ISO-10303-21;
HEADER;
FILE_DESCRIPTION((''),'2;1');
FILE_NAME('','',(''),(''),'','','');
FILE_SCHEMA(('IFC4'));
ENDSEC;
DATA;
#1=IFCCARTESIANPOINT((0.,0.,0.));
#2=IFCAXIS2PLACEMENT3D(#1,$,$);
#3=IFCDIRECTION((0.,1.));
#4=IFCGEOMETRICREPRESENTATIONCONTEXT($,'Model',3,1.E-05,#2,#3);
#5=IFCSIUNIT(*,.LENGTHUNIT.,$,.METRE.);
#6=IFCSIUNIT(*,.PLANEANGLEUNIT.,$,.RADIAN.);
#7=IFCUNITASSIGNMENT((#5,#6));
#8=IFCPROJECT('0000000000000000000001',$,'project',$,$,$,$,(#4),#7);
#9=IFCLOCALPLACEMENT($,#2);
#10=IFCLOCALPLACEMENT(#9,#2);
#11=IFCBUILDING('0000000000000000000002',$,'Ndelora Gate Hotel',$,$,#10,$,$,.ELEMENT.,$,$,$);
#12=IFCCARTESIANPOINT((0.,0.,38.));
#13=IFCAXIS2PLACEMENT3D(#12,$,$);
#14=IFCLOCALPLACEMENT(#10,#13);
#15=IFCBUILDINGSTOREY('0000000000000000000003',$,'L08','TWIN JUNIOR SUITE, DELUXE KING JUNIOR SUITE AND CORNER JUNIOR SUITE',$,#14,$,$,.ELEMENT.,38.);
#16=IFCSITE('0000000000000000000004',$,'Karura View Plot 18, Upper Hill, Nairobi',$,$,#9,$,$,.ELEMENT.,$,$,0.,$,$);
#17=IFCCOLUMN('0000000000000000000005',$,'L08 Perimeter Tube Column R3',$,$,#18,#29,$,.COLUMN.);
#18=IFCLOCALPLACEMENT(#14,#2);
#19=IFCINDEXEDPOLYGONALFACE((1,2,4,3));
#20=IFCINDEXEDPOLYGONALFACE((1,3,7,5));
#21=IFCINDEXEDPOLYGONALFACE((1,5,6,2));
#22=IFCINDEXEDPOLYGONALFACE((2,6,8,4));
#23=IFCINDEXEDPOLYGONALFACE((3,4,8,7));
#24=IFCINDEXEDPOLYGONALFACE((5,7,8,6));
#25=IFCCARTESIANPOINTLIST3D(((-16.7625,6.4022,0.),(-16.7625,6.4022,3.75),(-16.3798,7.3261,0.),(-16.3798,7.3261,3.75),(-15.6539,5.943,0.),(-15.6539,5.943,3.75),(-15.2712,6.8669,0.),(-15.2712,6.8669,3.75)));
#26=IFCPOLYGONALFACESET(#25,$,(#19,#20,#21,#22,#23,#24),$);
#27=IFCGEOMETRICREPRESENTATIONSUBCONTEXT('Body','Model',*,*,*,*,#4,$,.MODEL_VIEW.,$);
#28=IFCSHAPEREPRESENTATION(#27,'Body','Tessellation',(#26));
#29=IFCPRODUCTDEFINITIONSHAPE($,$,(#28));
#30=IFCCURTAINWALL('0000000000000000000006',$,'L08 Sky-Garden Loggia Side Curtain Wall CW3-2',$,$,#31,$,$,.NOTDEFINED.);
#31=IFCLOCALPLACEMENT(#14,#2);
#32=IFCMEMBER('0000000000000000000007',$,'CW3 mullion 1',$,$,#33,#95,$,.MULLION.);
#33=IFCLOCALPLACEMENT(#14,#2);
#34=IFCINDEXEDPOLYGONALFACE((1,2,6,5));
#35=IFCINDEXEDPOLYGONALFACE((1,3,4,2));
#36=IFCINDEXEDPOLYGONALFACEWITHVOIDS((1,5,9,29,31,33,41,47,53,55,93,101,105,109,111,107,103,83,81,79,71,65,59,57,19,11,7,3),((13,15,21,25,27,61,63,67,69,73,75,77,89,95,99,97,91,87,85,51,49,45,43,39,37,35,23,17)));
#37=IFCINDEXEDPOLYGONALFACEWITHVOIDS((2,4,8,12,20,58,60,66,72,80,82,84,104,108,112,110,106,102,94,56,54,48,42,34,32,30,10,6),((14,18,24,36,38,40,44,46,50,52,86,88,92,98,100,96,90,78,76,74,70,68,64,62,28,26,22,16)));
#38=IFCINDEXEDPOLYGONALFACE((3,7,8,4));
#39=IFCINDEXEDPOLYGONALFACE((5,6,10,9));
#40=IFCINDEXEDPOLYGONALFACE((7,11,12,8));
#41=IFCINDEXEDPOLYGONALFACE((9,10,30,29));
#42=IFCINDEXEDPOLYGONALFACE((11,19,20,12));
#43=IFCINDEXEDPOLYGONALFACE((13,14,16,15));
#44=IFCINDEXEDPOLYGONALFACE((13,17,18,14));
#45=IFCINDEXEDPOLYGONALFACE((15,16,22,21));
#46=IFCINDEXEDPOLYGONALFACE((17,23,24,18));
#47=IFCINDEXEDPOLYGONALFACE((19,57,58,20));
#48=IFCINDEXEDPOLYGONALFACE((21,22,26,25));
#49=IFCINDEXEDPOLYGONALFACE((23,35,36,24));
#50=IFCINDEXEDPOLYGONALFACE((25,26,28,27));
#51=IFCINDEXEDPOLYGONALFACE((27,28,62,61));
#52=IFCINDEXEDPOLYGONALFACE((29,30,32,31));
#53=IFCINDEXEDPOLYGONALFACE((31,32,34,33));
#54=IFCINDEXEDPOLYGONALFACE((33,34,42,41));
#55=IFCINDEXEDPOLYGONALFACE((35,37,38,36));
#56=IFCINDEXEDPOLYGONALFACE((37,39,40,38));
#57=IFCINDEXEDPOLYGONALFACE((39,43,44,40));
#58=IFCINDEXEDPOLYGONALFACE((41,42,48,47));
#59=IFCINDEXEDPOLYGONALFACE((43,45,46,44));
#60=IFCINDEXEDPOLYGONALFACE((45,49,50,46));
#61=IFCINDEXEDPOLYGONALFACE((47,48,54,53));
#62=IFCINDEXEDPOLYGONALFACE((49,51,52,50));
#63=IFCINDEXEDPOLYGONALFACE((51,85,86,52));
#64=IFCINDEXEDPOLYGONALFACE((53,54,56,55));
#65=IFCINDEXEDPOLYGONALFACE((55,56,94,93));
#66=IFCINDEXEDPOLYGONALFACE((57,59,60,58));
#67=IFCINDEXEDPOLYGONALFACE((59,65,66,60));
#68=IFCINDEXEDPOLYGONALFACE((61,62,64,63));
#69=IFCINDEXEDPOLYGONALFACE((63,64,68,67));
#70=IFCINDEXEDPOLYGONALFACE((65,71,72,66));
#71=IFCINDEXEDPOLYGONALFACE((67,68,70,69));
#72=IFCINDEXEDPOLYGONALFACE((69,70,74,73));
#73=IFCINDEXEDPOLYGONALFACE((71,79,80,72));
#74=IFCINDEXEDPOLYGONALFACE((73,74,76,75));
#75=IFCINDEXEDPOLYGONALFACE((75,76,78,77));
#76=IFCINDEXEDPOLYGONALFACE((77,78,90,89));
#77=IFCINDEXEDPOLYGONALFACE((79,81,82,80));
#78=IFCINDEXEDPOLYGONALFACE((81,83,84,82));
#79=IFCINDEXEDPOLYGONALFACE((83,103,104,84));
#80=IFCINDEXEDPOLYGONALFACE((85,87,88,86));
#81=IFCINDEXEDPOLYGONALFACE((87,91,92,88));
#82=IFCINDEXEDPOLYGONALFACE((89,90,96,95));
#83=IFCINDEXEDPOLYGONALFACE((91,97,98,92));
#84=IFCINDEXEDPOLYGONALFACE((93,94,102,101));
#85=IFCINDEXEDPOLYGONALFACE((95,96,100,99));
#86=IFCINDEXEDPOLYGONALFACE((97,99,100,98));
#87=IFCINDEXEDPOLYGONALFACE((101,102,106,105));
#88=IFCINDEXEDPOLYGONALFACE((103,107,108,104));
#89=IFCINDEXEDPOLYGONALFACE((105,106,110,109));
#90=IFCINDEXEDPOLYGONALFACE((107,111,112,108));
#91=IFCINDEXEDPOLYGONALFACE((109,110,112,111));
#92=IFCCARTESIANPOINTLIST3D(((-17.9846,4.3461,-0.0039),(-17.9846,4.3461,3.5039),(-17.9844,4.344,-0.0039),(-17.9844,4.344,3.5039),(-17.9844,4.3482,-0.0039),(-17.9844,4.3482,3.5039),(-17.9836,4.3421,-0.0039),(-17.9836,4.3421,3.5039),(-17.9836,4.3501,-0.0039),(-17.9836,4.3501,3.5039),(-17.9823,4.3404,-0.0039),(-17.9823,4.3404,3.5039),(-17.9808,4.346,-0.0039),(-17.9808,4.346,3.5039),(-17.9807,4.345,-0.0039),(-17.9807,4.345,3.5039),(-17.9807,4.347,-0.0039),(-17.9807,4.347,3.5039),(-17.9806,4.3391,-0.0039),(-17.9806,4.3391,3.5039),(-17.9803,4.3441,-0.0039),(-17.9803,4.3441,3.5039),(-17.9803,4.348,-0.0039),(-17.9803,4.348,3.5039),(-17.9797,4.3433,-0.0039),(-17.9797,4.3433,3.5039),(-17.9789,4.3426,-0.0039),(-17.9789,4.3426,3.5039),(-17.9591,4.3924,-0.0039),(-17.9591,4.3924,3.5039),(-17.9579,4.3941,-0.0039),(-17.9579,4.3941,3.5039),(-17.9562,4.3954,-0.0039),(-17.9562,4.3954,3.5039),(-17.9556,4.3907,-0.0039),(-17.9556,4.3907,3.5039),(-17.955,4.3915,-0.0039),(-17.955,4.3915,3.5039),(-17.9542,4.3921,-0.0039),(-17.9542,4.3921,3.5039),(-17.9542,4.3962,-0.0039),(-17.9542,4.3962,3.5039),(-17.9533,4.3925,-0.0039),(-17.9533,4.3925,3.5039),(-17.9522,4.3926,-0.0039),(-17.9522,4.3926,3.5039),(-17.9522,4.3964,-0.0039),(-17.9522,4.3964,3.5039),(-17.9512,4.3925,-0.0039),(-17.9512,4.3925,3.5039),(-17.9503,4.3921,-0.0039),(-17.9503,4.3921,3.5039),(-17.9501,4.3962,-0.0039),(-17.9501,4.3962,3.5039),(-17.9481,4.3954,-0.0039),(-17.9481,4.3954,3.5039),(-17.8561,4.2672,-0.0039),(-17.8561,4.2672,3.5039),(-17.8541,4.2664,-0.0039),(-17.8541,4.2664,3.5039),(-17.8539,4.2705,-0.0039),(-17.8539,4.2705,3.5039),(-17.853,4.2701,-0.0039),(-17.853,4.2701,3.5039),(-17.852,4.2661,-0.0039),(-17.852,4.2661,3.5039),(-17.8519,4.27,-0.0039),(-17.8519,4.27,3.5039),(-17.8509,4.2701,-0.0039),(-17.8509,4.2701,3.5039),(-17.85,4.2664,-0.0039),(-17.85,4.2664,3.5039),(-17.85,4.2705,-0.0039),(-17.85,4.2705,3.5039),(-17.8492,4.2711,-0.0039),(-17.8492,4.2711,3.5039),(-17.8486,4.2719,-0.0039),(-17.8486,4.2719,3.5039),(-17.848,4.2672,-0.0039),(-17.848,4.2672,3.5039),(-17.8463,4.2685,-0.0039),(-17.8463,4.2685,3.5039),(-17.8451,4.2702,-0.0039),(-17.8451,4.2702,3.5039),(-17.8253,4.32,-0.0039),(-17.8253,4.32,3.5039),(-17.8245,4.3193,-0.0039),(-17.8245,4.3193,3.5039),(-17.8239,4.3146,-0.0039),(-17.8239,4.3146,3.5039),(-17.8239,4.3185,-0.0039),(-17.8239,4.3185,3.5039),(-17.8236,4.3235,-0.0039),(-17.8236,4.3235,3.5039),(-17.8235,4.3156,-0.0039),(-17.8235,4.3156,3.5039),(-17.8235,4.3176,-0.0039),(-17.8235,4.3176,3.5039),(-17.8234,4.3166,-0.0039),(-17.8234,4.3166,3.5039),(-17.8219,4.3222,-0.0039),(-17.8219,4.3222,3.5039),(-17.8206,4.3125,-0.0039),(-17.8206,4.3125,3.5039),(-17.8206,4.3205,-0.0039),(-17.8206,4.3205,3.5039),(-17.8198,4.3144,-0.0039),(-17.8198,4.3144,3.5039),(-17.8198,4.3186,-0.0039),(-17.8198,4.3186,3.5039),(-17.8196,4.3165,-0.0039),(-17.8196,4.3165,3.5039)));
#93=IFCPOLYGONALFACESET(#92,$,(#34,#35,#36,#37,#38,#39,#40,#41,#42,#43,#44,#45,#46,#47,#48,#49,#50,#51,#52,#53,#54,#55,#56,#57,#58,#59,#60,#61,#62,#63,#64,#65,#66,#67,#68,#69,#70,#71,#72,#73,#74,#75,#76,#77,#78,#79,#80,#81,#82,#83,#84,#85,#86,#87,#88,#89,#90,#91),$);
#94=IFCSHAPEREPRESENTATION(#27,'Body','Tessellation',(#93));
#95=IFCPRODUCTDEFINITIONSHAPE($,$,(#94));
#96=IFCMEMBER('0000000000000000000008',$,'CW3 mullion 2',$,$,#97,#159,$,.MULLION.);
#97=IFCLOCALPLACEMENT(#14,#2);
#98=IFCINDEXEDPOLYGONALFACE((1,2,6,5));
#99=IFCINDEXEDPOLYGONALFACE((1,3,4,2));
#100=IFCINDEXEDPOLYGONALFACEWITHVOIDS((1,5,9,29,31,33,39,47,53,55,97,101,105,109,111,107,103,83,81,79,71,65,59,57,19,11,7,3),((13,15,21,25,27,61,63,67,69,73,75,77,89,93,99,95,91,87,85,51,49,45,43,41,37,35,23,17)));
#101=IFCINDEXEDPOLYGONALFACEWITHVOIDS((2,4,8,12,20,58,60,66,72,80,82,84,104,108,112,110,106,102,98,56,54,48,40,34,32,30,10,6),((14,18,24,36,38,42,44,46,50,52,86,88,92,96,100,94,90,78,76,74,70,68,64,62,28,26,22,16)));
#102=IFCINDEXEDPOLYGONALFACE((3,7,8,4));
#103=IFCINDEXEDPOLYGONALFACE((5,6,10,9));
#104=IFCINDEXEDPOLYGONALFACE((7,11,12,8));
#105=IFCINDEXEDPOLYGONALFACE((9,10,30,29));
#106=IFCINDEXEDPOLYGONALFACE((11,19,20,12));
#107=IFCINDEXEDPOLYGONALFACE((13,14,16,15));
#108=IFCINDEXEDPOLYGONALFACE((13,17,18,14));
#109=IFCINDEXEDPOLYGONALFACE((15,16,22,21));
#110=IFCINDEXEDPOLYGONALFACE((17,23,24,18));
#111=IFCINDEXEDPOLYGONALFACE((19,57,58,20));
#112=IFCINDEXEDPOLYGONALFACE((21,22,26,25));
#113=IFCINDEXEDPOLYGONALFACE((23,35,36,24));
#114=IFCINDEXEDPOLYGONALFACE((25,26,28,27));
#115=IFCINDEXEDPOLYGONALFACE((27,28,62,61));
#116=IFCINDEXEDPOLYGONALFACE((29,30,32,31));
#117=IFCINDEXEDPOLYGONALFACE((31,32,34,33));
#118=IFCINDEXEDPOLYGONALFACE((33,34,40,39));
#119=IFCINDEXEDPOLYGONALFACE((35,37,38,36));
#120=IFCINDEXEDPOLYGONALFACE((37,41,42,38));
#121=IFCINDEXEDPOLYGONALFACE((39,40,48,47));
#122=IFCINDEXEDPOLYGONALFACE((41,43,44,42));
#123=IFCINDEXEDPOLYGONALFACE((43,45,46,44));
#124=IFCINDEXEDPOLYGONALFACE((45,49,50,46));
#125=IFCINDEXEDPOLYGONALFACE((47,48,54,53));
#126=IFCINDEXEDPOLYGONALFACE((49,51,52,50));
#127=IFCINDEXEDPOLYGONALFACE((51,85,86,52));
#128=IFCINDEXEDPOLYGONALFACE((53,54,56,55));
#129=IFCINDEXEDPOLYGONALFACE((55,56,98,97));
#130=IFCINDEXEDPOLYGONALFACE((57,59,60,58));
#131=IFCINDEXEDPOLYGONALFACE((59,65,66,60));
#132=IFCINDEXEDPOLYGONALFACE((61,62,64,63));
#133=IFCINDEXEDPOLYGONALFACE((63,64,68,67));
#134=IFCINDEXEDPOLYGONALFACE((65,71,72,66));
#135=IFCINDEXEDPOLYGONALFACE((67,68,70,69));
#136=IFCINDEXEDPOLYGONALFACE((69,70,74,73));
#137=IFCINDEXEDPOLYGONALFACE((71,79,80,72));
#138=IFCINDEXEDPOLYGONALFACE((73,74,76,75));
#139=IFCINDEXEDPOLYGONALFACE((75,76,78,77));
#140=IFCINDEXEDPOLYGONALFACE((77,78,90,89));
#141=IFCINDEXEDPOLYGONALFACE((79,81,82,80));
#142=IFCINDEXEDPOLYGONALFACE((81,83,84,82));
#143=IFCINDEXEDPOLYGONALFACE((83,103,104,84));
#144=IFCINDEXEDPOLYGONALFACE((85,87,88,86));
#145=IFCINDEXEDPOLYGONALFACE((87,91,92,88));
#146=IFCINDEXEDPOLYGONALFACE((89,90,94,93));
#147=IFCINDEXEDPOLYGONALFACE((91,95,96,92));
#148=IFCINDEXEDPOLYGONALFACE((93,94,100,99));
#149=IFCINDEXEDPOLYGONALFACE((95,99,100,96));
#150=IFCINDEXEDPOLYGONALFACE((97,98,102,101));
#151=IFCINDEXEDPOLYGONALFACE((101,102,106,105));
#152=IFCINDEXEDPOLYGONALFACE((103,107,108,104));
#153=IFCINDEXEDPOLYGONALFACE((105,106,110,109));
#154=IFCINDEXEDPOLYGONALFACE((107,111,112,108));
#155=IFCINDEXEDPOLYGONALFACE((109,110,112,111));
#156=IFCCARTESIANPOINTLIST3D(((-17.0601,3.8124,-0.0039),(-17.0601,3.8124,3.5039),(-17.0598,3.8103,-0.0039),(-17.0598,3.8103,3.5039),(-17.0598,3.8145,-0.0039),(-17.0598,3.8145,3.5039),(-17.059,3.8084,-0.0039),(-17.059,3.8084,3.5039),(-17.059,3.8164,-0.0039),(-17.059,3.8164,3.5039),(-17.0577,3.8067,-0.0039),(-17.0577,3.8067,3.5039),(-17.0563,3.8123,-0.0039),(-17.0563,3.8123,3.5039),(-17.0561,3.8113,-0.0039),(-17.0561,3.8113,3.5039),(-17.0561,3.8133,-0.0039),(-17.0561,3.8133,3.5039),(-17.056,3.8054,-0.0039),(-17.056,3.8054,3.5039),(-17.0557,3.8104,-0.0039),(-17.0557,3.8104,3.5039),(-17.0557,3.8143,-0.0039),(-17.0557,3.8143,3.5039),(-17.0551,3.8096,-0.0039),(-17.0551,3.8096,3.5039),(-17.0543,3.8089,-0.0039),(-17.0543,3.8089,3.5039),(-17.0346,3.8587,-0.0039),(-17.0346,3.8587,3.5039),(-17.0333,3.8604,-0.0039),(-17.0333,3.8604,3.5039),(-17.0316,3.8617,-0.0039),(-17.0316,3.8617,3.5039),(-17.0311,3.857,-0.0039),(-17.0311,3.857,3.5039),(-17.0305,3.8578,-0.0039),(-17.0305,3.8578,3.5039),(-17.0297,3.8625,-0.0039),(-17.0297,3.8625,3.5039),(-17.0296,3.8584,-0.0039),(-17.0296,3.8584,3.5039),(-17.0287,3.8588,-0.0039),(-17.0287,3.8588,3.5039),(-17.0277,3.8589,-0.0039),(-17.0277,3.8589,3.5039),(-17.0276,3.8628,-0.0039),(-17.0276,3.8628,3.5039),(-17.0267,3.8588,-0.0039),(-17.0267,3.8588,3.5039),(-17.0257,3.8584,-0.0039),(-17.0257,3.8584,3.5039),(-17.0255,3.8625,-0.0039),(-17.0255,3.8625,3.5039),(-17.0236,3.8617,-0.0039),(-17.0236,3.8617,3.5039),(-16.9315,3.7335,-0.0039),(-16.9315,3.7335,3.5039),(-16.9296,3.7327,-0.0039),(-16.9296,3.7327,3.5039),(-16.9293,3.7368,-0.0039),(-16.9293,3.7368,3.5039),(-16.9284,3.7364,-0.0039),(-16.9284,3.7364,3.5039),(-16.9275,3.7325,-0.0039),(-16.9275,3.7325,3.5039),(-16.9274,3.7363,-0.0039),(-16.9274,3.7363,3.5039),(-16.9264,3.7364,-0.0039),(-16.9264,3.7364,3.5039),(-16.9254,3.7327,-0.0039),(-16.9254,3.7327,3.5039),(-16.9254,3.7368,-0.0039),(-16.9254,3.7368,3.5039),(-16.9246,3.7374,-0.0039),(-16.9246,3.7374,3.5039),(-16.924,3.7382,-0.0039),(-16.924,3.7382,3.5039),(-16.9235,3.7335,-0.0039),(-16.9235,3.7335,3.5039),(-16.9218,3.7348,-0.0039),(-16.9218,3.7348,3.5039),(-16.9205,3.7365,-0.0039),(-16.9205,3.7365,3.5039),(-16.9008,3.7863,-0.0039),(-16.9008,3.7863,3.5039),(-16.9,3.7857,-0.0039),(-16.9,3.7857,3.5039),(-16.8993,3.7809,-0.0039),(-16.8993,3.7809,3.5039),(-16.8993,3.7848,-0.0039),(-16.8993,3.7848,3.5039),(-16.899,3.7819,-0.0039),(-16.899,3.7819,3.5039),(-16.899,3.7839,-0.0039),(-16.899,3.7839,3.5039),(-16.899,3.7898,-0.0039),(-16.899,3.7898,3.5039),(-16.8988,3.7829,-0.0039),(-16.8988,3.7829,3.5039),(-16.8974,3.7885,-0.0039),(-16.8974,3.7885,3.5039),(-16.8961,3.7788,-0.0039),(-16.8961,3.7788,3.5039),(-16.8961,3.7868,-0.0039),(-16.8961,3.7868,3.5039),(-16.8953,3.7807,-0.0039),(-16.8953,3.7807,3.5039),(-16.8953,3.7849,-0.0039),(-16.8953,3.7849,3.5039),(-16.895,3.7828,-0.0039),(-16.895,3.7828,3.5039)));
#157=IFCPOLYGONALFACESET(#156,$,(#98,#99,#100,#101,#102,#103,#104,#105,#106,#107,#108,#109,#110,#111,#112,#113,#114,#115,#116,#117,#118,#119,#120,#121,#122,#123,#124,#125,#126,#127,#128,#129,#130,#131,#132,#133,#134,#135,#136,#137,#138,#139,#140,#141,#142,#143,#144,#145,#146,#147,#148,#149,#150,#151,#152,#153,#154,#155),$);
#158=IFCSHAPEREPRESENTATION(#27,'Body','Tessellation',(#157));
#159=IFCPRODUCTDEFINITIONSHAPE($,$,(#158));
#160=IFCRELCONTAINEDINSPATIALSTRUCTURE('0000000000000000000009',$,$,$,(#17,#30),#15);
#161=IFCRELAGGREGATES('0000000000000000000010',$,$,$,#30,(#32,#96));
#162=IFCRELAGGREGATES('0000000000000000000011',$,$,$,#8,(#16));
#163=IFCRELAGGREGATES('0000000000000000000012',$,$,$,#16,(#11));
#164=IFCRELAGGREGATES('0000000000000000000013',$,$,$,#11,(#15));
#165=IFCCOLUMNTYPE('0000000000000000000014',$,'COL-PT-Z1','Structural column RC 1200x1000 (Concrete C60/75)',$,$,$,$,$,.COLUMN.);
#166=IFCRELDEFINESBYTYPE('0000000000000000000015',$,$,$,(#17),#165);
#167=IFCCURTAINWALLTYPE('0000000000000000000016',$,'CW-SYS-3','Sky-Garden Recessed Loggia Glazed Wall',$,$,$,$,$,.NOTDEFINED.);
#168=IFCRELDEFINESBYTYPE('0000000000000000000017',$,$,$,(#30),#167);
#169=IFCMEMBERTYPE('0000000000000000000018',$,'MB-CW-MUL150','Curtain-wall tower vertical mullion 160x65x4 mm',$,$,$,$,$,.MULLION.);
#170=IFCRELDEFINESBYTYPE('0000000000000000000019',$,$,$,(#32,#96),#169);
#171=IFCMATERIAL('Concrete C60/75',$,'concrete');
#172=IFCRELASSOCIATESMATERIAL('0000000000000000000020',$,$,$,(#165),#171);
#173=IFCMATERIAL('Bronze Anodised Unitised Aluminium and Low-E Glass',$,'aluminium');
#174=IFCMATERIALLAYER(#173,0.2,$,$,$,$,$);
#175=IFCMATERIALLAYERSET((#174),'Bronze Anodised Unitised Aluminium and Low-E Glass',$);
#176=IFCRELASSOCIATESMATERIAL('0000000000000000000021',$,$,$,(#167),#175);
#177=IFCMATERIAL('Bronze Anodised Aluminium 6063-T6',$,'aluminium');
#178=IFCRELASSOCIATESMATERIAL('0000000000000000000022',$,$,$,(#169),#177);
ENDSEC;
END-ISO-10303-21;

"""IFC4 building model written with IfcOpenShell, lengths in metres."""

from ifc_helpers import new_model, si_unit, direction, frame, origin, origin_2d, place, context, subcontext, project, spatial, rectangle, hollow_rectangle, extrude, material, layer, layer_set, material_profile, profile_set, type_object, element, aggregate, save


model = new_model("IFC4")

# Units and contexts
model_context = context("Model", 3, precision=1e-05, world=origin(), true_north=direction((0.0, 1.0)))
body_context = subcontext(model_context, "Body", "Model", "MODEL_VIEW")
ifc_project = project(units=[si_unit("LENGTHUNIT", "METRE"), si_unit("PLANEANGLEUNIT", "RADIAN")], contexts=[model_context])

# Site, building, storey
site_placement = place(None, origin())
site = spatial("IfcSite", under=ifc_project, at=site_placement, Name="Karura View Plot 18, Upper Hill, Nairobi", CompositionType="ELEMENT", RefElevation=0.0)
building_placement = place(site_placement, origin())
building = spatial("IfcBuilding", under=site, at=building_placement, Name="Ndelora Gate Hotel", CompositionType="ELEMENT")
storey_placement = place(building_placement, frame((0.0, 0.0, 38.0)))
storey = spatial("IfcBuildingStorey", under=building, at=storey_placement, Name="L08", Description="TWIN JUNIOR SUITE, DELUXE KING JUNIOR SUITE AND CORNER JUNIOR SUITE", CompositionType="ELEMENT", Elevation=38.0)

# Column
ifc_material_1 = material(Name="Concrete C60/75", Category="concrete")
ifc_material_profile_1 = material_profile(ifc_material_1, rectangle(XDim=1.0, YDim=1.2, at=origin_2d()), Name="RC 1200x1000")
ifc_profile_set_1 = profile_set([ifc_material_profile_1], Name="Concrete C60/75")
column_type = type_object("IfcColumnType", Name="COL-PT-Z1", Description="Structural column RC 1200x1000 (Concrete C60/75)", PredefinedType="COLUMN", material=ifc_profile_set_1)
column_placement = place(storey_placement, frame((-16.0168, 6.6345, 0.0), z_axis=(0.0, 0.0, 1.0), x_axis=(0.382683, 0.92388, 0.0)))
element("IfcColumn", 1, at=column_placement, inside=storey, type_object=column_type, Name="L08 Perimeter Tube Column R3", PredefinedType="COLUMN", context=body_context, shape_type="SweptSolid", body=[
    extrude(rectangle(XDim=1.0, YDim=1.2, at=origin_2d()), origin(), (0.0, 0.0, 1.0), 3.75),
])

# Curtain wall, members
ifc_material_2 = material(Name="Bronze Anodised Unitised Aluminium and Low-E Glass", Category="aluminium")
ifc_layer_1 = layer(ifc_material_2, 0.2)
ifc_layer_set_1 = layer_set([ifc_layer_1], Name="Bronze Anodised Unitised Aluminium and Low-E Glass")
curtain_wall_type = type_object("IfcCurtainWallType", Name="CW-SYS-3", Description="Sky-Garden Recessed Loggia Glazed Wall", PredefinedType="NOTDEFINED", material=ifc_layer_set_1)
curtain_wall_placement = place(storey_placement, origin())
curtain_wall = element("IfcCurtainWall", 2, at=curtain_wall_placement, inside=storey, type_object=curtain_wall_type, Name="L08 Sky-Garden Loggia Side Curtain Wall CW3-2", PredefinedType="NOTDEFINED")
ifc_material_3 = material(Name="Bronze Anodised Aluminium 6063-T6", Category="aluminium")
ifc_material_profile_2 = material_profile(ifc_material_3, hollow_rectangle(XDim=0.0649, YDim=0.1599, WallThickness=0.0039, InnerFilletRadius=0.0039, OuterFilletRadius=0.0081, at=origin_2d()), Name="ALU 160x65x4")
ifc_profile_set_2 = profile_set([ifc_material_profile_2], Name="Bronze Anodised Aluminium 6063-T6")
member_type_1 = type_object("IfcMemberType", Name="MB-CW-MUL150", Description="Curtain-wall tower vertical mullion 160x65x4 mm", PredefinedType="MULLION", material=ifc_profile_set_2)
member_1_placement = place(storey_placement, frame((-17.9021, 4.3313, -0.0039), z_axis=(0.0, 0.0, 1.0), x_axis=(0.499991, 0.86603, 0.0)))
member_1 = element("IfcMember", 3, at=member_1_placement, type_object=member_type_1, Name="CW3 mullion 1", PredefinedType="MULLION", context=body_context, shape_type="SweptSolid", body=[
    extrude(hollow_rectangle(XDim=0.0649, YDim=0.1599, WallThickness=0.0039, InnerFilletRadius=0.0039, OuterFilletRadius=0.0081, at=origin_2d()), origin(), (0.0, 0.0, 1.0), 3.5078),
])
member_2_placement = place(storey_placement, frame((-16.9775, 3.7976, -0.0039), z_axis=(0.0, 0.0, 1.0), x_axis=(0.499991, 0.86603, 0.0)))
member_2 = element("IfcMember", 4, at=member_2_placement, type_object=member_type_1, Name="CW3 mullion 2", PredefinedType="MULLION", context=body_context, shape_type="SweptSolid", body=[
    extrude(hollow_rectangle(XDim=0.0649, YDim=0.1599, WallThickness=0.0039, InnerFilletRadius=0.0039, OuterFilletRadius=0.0081, at=origin_2d()), origin(), (0.0, 0.0, 1.0), 3.5078),
])
aggregate(curtain_wall, [member_1, member_2])

save(model, "model.ifc")
